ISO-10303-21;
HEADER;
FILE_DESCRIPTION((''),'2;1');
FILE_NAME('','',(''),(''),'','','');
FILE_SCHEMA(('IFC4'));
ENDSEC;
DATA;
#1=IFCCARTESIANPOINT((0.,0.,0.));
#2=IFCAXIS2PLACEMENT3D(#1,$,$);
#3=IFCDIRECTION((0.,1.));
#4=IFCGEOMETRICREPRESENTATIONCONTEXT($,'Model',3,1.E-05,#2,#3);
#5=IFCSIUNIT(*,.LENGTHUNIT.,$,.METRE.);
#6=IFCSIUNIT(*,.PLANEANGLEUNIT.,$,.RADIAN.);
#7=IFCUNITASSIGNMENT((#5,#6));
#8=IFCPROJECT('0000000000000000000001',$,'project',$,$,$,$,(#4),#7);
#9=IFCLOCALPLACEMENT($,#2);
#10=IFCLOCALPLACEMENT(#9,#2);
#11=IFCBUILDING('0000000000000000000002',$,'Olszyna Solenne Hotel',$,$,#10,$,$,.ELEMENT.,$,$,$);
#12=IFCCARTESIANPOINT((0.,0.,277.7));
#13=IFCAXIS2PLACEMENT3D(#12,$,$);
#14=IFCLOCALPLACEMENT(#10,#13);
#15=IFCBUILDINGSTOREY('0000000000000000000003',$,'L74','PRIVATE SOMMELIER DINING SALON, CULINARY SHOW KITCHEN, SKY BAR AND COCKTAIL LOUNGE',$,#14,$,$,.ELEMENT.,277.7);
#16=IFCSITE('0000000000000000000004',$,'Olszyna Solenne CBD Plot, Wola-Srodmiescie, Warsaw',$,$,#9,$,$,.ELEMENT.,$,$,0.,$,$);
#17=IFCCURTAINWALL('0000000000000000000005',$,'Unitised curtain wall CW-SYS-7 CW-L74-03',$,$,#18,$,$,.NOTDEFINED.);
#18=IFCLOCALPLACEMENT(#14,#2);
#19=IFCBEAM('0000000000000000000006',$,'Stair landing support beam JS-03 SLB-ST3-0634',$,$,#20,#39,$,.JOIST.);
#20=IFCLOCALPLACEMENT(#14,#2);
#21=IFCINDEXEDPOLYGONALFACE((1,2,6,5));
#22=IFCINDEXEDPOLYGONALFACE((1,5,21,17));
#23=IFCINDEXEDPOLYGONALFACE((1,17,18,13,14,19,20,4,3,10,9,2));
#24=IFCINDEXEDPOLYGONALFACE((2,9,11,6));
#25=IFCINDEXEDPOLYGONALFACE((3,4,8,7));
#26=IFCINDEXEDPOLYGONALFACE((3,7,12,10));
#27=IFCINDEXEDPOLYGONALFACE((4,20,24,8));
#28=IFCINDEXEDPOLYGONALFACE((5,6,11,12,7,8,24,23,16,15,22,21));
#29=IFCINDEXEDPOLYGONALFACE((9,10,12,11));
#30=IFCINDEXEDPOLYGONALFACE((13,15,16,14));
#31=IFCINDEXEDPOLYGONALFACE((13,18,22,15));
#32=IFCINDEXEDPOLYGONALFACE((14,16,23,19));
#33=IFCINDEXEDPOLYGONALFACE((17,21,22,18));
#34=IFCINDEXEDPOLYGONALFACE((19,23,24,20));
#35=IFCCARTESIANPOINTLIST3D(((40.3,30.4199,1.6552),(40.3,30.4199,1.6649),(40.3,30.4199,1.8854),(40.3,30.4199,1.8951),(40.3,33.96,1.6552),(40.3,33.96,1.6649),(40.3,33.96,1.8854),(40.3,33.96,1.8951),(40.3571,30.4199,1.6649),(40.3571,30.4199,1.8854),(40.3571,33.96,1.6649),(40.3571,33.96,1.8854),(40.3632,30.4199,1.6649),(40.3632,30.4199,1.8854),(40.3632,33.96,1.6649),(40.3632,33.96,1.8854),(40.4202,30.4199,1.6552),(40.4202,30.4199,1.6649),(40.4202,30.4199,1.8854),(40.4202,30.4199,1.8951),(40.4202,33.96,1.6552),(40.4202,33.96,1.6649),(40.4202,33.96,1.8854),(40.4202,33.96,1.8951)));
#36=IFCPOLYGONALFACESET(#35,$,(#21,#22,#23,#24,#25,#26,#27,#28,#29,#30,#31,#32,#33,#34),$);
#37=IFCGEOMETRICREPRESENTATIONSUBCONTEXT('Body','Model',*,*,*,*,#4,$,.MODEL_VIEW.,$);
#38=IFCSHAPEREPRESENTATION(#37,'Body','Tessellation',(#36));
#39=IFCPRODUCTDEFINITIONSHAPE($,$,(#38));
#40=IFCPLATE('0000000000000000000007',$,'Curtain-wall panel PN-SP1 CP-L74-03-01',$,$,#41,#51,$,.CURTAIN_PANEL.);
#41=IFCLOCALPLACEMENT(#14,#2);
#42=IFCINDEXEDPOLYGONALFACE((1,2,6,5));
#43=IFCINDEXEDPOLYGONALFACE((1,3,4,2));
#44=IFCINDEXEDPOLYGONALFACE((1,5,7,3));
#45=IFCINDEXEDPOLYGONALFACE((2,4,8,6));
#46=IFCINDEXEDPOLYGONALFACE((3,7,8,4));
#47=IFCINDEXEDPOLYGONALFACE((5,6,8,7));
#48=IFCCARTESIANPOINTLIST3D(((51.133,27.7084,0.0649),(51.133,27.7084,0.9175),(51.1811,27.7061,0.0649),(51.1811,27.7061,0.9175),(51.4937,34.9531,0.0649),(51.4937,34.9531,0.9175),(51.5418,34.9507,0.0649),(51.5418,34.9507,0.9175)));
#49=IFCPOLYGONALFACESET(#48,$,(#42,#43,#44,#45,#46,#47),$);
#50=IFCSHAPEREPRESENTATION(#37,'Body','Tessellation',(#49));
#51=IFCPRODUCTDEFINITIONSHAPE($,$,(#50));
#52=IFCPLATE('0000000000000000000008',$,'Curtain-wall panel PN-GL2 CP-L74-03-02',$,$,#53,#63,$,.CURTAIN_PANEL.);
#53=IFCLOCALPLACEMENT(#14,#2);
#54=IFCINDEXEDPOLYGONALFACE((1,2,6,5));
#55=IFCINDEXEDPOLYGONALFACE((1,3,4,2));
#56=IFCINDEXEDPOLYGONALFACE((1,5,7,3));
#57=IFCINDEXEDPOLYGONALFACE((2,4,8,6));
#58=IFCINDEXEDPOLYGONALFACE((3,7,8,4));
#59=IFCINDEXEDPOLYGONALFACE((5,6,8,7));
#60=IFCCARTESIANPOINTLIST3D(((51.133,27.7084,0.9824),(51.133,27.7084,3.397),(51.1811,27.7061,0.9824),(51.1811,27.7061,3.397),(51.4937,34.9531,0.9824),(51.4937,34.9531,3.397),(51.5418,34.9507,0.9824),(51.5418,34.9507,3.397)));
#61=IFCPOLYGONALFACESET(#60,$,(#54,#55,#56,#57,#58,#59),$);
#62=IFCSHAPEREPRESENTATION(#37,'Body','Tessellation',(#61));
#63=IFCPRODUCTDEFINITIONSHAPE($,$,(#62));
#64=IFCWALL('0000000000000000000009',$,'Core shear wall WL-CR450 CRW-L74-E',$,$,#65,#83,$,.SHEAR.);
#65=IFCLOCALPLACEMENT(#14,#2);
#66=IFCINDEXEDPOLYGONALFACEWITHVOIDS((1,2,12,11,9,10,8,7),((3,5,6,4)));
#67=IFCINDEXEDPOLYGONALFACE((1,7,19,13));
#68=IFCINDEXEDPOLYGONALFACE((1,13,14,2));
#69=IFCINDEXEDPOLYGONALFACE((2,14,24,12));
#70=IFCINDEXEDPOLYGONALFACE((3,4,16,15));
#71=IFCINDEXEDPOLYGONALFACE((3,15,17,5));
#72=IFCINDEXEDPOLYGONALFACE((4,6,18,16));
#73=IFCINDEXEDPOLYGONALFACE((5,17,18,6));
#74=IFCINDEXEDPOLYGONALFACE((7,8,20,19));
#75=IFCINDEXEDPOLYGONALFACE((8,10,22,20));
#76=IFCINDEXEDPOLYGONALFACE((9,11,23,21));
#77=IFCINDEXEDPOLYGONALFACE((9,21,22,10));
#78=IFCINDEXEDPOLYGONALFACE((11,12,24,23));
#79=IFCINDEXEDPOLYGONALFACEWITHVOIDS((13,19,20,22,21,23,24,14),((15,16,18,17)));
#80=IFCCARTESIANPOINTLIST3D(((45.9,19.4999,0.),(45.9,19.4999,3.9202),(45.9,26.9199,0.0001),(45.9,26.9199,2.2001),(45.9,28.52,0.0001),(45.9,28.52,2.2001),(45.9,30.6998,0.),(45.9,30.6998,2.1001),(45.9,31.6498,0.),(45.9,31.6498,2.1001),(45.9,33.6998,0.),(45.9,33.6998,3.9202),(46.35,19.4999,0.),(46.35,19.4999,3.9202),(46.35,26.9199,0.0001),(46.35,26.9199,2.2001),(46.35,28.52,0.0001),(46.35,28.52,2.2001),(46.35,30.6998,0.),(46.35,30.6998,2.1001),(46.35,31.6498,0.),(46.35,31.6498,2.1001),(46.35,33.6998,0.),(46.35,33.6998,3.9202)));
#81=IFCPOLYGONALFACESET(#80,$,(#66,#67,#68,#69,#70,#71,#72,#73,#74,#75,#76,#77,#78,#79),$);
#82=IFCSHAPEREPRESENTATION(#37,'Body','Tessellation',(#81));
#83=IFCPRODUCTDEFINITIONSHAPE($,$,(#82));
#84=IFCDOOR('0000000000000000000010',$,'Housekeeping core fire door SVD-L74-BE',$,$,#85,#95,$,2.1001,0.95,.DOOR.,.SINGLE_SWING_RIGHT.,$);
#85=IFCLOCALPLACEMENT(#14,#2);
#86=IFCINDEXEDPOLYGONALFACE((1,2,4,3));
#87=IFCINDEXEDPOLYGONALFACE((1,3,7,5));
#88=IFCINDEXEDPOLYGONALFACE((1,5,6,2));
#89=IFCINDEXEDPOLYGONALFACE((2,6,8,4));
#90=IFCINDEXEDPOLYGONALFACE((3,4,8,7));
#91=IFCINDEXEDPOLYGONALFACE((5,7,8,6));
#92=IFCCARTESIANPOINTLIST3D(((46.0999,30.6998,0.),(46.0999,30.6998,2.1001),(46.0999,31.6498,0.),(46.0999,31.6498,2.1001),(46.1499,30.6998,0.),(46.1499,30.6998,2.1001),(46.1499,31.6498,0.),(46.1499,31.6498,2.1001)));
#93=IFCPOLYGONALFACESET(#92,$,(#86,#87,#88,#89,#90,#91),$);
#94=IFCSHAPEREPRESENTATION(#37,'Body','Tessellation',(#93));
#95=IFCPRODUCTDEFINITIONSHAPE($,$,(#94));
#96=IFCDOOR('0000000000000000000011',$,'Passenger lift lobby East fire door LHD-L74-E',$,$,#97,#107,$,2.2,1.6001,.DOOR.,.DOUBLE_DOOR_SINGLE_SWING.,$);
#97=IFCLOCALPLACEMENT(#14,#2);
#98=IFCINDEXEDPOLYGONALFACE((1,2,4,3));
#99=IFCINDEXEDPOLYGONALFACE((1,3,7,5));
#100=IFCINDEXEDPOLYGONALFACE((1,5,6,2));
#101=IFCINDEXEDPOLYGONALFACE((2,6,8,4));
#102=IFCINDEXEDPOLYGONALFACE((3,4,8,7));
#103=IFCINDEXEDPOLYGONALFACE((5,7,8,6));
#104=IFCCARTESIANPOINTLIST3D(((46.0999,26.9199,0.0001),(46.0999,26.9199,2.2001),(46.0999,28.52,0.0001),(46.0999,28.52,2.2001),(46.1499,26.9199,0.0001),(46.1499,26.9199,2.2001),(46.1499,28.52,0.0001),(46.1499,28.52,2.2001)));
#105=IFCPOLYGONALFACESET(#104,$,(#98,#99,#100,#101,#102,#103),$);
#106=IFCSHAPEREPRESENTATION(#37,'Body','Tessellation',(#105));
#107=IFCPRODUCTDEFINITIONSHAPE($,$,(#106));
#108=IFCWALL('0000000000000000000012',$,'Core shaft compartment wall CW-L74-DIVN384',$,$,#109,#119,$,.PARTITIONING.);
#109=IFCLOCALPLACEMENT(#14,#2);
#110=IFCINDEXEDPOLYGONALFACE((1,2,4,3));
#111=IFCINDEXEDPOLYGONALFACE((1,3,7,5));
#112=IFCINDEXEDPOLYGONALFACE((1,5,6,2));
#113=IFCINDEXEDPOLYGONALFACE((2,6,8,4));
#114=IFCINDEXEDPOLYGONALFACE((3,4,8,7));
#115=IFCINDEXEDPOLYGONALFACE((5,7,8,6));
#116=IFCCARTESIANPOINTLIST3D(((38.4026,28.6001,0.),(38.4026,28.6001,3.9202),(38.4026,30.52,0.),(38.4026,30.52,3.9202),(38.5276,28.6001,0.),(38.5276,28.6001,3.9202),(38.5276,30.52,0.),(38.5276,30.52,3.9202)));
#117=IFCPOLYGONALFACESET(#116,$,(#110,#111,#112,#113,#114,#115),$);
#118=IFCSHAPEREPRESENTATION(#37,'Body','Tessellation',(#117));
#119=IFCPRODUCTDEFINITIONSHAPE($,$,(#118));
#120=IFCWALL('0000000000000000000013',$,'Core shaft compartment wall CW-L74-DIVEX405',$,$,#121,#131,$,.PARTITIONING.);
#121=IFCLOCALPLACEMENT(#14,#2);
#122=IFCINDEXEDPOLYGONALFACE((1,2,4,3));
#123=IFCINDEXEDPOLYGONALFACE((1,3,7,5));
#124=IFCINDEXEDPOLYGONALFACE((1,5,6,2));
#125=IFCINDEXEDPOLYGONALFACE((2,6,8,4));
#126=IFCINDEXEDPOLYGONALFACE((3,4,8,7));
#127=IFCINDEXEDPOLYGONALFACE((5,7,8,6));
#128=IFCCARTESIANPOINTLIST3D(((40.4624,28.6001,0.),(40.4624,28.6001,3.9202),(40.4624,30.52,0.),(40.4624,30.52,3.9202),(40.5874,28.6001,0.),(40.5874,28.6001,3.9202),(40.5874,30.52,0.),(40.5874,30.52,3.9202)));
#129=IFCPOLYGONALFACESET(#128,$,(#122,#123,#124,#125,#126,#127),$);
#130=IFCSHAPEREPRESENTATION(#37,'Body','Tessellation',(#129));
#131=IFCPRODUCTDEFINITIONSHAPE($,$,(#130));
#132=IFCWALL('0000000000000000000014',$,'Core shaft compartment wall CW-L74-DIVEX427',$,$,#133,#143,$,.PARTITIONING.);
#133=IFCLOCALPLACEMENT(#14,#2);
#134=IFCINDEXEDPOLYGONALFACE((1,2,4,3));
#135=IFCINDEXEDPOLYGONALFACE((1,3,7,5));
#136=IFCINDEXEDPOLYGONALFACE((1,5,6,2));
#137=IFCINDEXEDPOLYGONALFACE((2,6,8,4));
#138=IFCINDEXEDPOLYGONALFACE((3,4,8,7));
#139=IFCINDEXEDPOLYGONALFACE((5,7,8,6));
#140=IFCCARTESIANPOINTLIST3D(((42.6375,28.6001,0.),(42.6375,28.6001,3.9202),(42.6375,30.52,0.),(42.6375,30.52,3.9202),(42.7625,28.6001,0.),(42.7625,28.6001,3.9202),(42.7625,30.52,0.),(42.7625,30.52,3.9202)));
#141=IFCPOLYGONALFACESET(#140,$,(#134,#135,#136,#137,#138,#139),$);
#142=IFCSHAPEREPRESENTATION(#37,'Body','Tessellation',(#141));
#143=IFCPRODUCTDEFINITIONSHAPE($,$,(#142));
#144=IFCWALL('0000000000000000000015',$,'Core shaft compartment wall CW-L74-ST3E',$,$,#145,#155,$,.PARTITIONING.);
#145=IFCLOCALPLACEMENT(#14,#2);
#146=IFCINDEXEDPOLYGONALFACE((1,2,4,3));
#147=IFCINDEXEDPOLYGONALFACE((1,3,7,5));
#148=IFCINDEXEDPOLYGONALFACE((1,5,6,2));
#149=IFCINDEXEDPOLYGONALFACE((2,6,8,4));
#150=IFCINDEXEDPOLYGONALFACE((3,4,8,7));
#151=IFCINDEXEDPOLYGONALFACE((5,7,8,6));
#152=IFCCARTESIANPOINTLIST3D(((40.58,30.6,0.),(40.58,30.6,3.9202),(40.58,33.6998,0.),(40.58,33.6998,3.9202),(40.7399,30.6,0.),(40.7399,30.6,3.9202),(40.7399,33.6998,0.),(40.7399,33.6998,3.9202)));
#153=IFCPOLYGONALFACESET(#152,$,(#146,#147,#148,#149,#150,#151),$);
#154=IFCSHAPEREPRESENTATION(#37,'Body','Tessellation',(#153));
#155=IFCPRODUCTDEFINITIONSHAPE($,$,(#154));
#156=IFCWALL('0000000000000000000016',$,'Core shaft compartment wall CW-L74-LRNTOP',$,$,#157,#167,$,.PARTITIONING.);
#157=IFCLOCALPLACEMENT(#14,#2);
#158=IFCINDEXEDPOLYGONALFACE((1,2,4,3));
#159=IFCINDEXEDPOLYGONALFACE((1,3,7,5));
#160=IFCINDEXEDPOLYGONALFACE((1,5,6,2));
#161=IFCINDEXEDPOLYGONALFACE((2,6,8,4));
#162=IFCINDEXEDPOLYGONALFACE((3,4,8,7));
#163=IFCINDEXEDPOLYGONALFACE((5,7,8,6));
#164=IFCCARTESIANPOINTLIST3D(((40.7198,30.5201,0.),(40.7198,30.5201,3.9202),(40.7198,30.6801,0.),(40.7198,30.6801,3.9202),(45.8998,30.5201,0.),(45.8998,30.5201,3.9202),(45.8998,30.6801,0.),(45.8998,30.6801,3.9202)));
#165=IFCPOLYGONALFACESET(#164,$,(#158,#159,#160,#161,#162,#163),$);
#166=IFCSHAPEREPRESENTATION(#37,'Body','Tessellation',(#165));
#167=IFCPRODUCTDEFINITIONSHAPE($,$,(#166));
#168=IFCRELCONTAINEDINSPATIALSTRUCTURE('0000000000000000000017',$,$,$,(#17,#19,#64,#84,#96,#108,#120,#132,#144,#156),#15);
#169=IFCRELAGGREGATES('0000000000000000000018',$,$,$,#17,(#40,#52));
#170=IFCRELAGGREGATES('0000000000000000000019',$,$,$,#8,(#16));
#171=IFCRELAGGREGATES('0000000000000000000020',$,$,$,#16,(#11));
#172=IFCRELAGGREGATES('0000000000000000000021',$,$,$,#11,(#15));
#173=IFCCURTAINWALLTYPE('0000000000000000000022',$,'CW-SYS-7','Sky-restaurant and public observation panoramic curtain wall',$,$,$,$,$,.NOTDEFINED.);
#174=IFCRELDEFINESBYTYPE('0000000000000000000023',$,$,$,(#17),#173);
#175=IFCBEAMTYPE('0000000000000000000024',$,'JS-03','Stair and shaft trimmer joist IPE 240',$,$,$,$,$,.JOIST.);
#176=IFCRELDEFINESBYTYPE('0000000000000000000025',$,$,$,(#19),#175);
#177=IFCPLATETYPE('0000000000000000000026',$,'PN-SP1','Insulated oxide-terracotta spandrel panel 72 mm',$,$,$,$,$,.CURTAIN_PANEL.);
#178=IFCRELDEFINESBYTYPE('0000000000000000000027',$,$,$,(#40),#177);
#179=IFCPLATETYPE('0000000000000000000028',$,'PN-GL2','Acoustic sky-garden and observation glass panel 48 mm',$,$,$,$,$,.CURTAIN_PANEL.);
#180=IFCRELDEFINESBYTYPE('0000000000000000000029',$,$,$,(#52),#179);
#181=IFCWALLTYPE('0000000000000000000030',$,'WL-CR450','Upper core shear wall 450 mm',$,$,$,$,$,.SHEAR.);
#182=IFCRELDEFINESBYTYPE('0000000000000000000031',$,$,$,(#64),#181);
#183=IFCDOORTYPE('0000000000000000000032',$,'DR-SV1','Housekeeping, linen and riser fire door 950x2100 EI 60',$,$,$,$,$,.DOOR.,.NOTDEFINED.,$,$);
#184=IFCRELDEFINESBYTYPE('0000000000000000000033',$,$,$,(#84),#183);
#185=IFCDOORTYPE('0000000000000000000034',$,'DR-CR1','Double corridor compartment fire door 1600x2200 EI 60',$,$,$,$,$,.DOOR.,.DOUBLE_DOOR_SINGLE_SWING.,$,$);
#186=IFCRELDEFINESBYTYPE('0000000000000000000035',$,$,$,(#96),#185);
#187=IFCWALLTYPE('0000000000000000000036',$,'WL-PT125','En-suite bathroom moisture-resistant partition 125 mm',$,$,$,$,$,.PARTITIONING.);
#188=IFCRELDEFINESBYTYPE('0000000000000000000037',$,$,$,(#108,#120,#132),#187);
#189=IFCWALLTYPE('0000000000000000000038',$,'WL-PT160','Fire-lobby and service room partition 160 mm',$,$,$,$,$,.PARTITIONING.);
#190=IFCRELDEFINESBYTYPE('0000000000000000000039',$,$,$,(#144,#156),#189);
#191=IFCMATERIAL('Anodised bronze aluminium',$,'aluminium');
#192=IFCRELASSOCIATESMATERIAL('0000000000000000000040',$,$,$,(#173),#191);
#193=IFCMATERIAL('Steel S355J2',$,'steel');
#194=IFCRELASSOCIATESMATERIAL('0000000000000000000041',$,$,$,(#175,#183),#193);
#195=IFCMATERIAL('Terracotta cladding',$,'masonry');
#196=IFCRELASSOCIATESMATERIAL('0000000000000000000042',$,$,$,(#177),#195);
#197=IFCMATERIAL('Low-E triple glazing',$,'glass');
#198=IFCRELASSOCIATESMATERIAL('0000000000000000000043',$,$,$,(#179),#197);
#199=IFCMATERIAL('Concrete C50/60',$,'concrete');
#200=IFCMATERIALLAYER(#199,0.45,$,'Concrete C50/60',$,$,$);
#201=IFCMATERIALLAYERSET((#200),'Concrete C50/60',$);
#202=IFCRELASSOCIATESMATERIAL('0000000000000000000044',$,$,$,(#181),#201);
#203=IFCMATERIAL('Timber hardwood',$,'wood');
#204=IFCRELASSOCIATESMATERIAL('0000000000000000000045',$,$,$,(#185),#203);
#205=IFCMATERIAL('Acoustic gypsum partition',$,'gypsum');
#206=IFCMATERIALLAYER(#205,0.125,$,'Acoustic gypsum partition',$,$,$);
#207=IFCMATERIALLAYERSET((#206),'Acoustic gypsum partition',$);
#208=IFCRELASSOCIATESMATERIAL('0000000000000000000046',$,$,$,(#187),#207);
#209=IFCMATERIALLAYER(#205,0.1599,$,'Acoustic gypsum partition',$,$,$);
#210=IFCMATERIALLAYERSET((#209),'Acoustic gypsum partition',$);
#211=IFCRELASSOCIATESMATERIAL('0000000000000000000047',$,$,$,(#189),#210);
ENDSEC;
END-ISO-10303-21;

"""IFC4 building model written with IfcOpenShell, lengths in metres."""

from ifc_helpers import new_model, si_unit, direction, frame, frame_2d, origin, origin_2d, place, context, subcontext, project, spatial, rectangle, i_section, extrude, source, transform, mapped, material, layer, layer_set, material_profile, profile_set, type_object, type_shapes, element, fill, aggregate, save


model = new_model("IFC4")

# Units and contexts
model_context = context("Model", 3, precision=1e-05, world=origin(), true_north=direction((0.0, 1.0)))
body_context = subcontext(model_context, "Body", "Model", "MODEL_VIEW")
ifc_project = project(units=[si_unit("LENGTHUNIT", "METRE"), si_unit("PLANEANGLEUNIT", "RADIAN")], contexts=[model_context])

# Site, building, storey
site_placement = place(None, origin())
site = spatial("IfcSite", under=ifc_project, at=site_placement, Name="Olszyna Solenne CBD Plot, Wola-Srodmiescie, Warsaw", CompositionType="ELEMENT", RefElevation=0.0)
building_placement = place(site_placement, origin())
building = spatial("IfcBuilding", under=site, at=building_placement, Name="Olszyna Solenne Hotel", CompositionType="ELEMENT")
storey_placement = place(building_placement, frame((0.0, 0.0, 277.7)))
storey = spatial("IfcBuildingStorey", under=building, at=storey_placement, Name="L74", Description="PRIVATE SOMMELIER DINING SALON, CULINARY SHOW KITCHEN, SKY BAR AND COCKTAIL LOUNGE", CompositionType="ELEMENT", Elevation=277.7)

# Shared definitions
ifc_material_1 = material(Name="Steel S355J2", Category="steel")

# Curtain wall
ifc_material_2 = material(Name="Anodised bronze aluminium", Category="aluminium")
curtain_wall_type = type_object("IfcCurtainWallType", Name="CW-SYS-7", Description="Sky-restaurant and public observation panoramic curtain wall", PredefinedType="NOTDEFINED", material=ifc_material_2)
curtain_wall_placement = place(storey_placement, origin())
curtain_wall = element("IfcCurtainWall", 1, at=curtain_wall_placement, inside=storey, type_object=curtain_wall_type, Name="Unitised curtain wall CW-SYS-7 CW-L74-03", PredefinedType="NOTDEFINED")

# Beam
ifc_material_profile_1 = material_profile(ifc_material_1, i_section(OverallWidth=0.1201, OverallDepth=0.24, WebThickness=0.0061, FlangeThickness=0.0098, at=origin_2d()), Name="IPE 240", Category="load-bearing")
ifc_profile_set_1 = profile_set([ifc_material_profile_1], Name="Steel S355J2")
beam_type_1 = type_object("IfcBeamType", Name="JS-03", Description="Stair and shaft trimmer joist IPE 240", PredefinedType="JOIST", material=ifc_profile_set_1)
shared_shape_1 = source(origin(), body_context, "Body", "SweptSolid", [
    extrude(i_section(OverallWidth=0.1201, OverallDepth=0.24, WebThickness=0.0061, FlangeThickness=0.0098, at=origin_2d()), origin(), (0.0, 0.0, 1.0), 3.54),
])
for number, where, z_axis, x_axis, name in (
    (2, (40.3601, 30.4199, 1.7751), (0.0, 1.0, 0.0), (-1.0, 0.0, 0.0), "Stair landing support beam JS-03 SLB-ST3-0634"),
):
    element("IfcBeam", number, at=place(storey_placement, frame(where, z_axis=z_axis, x_axis=x_axis)), inside=storey, type_object=beam_type_1, Name=name, PredefinedType="JOIST", context=body_context, shape_type="MappedRepresentation", body=[
        mapped(shared_shape_1, transform((0.0, 0.0, 0.0), x_axis=(1.0, 0.0, 0.0), y_axis=(0.0, 1.0, 0.0), z_axis=(0.0, 0.0, 1.0), scale=1.0)),
    ])

# Plates
ifc_material_3 = material(Name="Terracotta cladding", Category="masonry")
plate_type_1 = type_object("IfcPlateType", Name="PN-SP1", Description="Insulated oxide-terracotta spandrel panel 72 mm", PredefinedType="CURTAIN_PANEL", material=ifc_material_3)
shared_shape_2 = source(origin(), body_context, "Body", "SweptSolid", [
    extrude(rectangle(XDim=7.2537, YDim=0.0481, at=origin_2d()), origin(), (0.0, 0.0, 1.0), 0.8525),
])
plate_1_placement = place(storey_placement, frame((51.3374, 31.3296, 0.0649), z_axis=(0.0, 0.0, 1.0), x_axis=(0.049729, 0.998763, 0.0)))
plate_1 = element("IfcPlate", 3, at=plate_1_placement, type_object=plate_type_1, Name="Curtain-wall panel PN-SP1 CP-L74-03-01", PredefinedType="CURTAIN_PANEL", context=body_context, shape_type="MappedRepresentation", body=[
    mapped(shared_shape_2, transform((0.0, 0.0, 0.0), x_axis=(1.0, 0.0, 0.0), y_axis=(0.0, 1.0, 0.0), z_axis=(0.0, 0.0, 1.0), scale=1.0)),
])
ifc_material_4 = material(Name="Low-E triple glazing", Category="glass")
plate_type_2 = type_object("IfcPlateType", Name="PN-GL2", Description="Acoustic sky-garden and observation glass panel 48 mm", PredefinedType="CURTAIN_PANEL", material=ifc_material_4)
shared_shape_3 = source(origin(), body_context, "Body", "SweptSolid", [
    extrude(rectangle(XDim=7.2537, YDim=0.0481, at=origin_2d()), origin(), (0.0, 0.0, 1.0), 2.4146),
])
plate_2_placement = place(storey_placement, frame((51.3374, 31.3296, 0.9824), z_axis=(0.0, 0.0, 1.0), x_axis=(0.049729, 0.998763, 0.0)))
plate_2 = element("IfcPlate", 4, at=plate_2_placement, type_object=plate_type_2, Name="Curtain-wall panel PN-GL2 CP-L74-03-02", PredefinedType="CURTAIN_PANEL", context=body_context, shape_type="MappedRepresentation", body=[
    mapped(shared_shape_3, transform((0.0, 0.0, 0.0), x_axis=(1.0, 0.0, 0.0), y_axis=(0.0, 1.0, 0.0), z_axis=(0.0, 0.0, 1.0), scale=1.0)),
])
aggregate(curtain_wall, [plate_1, plate_2])

# Wall, openings, doors
ifc_material_5 = material(Name="Concrete C50/60", Category="concrete")
ifc_layer_1 = layer(ifc_material_5, 0.45, Name="Concrete C50/60")
ifc_layer_set_1 = layer_set([ifc_layer_1], Name="Concrete C50/60")
wall_type_1 = type_object("IfcWallType", Name="WL-CR450", Description="Upper core shear wall 450 mm", PredefinedType="SHEAR", material=ifc_layer_set_1)
wall_1_placement = place(storey_placement, frame((46.125, 33.7, 0.0), z_axis=(0.0, 0.0, 1.0), x_axis=(0.0, -1.0, 0.0)))
wall_1 = element("IfcWall", 5, at=wall_1_placement, inside=storey, type_object=wall_type_1, Name="Core shear wall WL-CR450 CRW-L74-E", PredefinedType="SHEAR", context=body_context, shape_type="SweptSolid", body=[
    extrude(rectangle(XDim=14.2, YDim=0.45, at=frame_2d((7.1001, 0.0))), origin(), (0.0, 0.0, 1.0), 3.9202),
])
opening_1_placement = place(wall_1_placement, frame((5.1799, 0.0, 0.0)))
opening_1 = element("IfcOpeningElement", 6, at=opening_1_placement, cuts=wall_1, PredefinedType="OPENING", context=body_context, shape_type="SweptSolid", body=[
    extrude(rectangle(XDim=1.6001, YDim=2.2, at=frame_2d((0.8, 1.1001))), frame((0.0, 0.2349, 0.0), z_axis=(0.0, -1.0, 0.0), x_axis=(1.0, 0.0, 0.0)), (0.0, 0.0, 1.0), 0.47),
])
opening_2_placement = place(wall_1_placement, frame((2.05, 0.0, 0.0)))
opening_2 = element("IfcOpeningElement", 7, at=opening_2_placement, cuts=wall_1, PredefinedType="OPENING", context=body_context, shape_type="SweptSolid", body=[
    extrude(rectangle(XDim=0.95, YDim=2.1001, at=frame_2d((0.4751, 1.05))), frame((0.0, 0.2349, 0.0), z_axis=(0.0, -1.0, 0.0), x_axis=(1.0, 0.0, 0.0)), (0.0, 0.0, 1.0), 0.47),
])
door_type_1 = type_object("IfcDoorType", Name="DR-SV1", Description="Housekeeping, linen and riser fire door 950x2100 EI 60", OperationType="NOTDEFINED", PredefinedType="DOOR", material=ifc_material_1)
shared_shape_4 = source(origin(), body_context, "Body", "SweptSolid", [
    extrude(rectangle(XDim=0.95, YDim=2.1001, at=frame_2d((0.4751, 1.05))), frame((0.0, 0.0249, 0.0), z_axis=(0.0, -1.0, 0.0), x_axis=(1.0, 0.0, 0.0)), (0.0, 0.0, 1.0), 0.05),
])
type_shapes(door_type_1, [shared_shape_4])
door_1_placement = place(opening_2_placement, origin())
door_1 = element("IfcDoor", 8, at=door_1_placement, inside=storey, type_object=door_type_1, Name="Housekeeping core fire door SVD-L74-BE", OperationType="SINGLE_SWING_RIGHT", OverallHeight=2.1001, OverallWidth=0.95, PredefinedType="DOOR", context=body_context, shape_type="MappedRepresentation", body=[
    mapped(shared_shape_4, transform((0.0, 0.0, 0.0), x_axis=(1.0, 0.0, 0.0), y_axis=(0.0, 1.0, 0.0), z_axis=(0.0, 0.0, 1.0), scale=1.0)),
])
fill(opening_2, door_1)
ifc_material_6 = material(Name="Timber hardwood", Category="wood")
door_type_2 = type_object("IfcDoorType", Name="DR-CR1", Description="Double corridor compartment fire door 1600x2200 EI 60", OperationType="DOUBLE_DOOR_SINGLE_SWING", PredefinedType="DOOR", material=ifc_material_6)
shared_shape_5 = source(origin(), body_context, "Body", "SweptSolid", [
    extrude(rectangle(XDim=1.6001, YDim=2.2, at=frame_2d((0.8, 1.1001))), frame((0.0, 0.0249, 0.0), z_axis=(0.0, -1.0, 0.0), x_axis=(1.0, 0.0, 0.0)), (0.0, 0.0, 1.0), 0.05),
])
type_shapes(door_type_2, [shared_shape_5])
door_2_placement = place(opening_1_placement, origin())
door_2 = element("IfcDoor", 9, at=door_2_placement, inside=storey, type_object=door_type_2, Name="Passenger lift lobby East fire door LHD-L74-E", OperationType="DOUBLE_DOOR_SINGLE_SWING", OverallHeight=2.2, OverallWidth=1.6001, PredefinedType="DOOR", context=body_context, shape_type="MappedRepresentation", body=[
    mapped(shared_shape_5, transform((0.0, 0.0, 0.0), x_axis=(1.0, 0.0, 0.0), y_axis=(0.0, 1.0, 0.0), z_axis=(0.0, 0.0, 1.0), scale=1.0)),
])
fill(opening_1, door_2)

# Walls
ifc_material_7 = material(Name="Acoustic gypsum partition", Category="gypsum")
ifc_layer_2 = layer(ifc_material_7, 0.125, Name="Acoustic gypsum partition")
ifc_layer_set_2 = layer_set([ifc_layer_2], Name="Acoustic gypsum partition")
wall_type_2 = type_object("IfcWallType", Name="WL-PT125", Description="En-suite bathroom moisture-resistant partition 125 mm", PredefinedType="PARTITIONING", material=ifc_layer_set_2)
for number, where, z_axis, x_axis, name in (
    (10, (38.4651, 28.6001, 0.0), (0.0, 0.0, 1.0), (0.0, 1.0, 0.0), "Core shaft compartment wall CW-L74-DIVN384"),
    (11, (40.5249, 28.6001, 0.0), (0.0, 0.0, 1.0), (0.0, 1.0, 0.0), "Core shaft compartment wall CW-L74-DIVEX405"),
    (12, (42.7, 28.6001, 0.0), (0.0, 0.0, 1.0), (0.0, 1.0, 0.0), "Core shaft compartment wall CW-L74-DIVEX427"),
):
    element("IfcWall", number, at=place(storey_placement, frame(where, z_axis=z_axis, x_axis=x_axis)), inside=storey, type_object=wall_type_2, Name=name, PredefinedType="PARTITIONING", context=body_context, shape_type="SweptSolid", body=[
        extrude(rectangle(XDim=1.9199, YDim=0.125, at=frame_2d((0.96, 0.0))), origin(), (0.0, 0.0, 1.0), 3.9202),
    ])
ifc_layer_3 = layer(ifc_material_7, 0.1599, Name="Acoustic gypsum partition")
ifc_layer_set_3 = layer_set([ifc_layer_3], Name="Acoustic gypsum partition")
wall_type_3 = type_object("IfcWallType", Name="WL-PT160", Description="Fire-lobby and service room partition 160 mm", PredefinedType="PARTITIONING", material=ifc_layer_set_3)
wall_2_placement = place(storey_placement, frame((40.6599, 30.6001, 0.0), z_axis=(0.0, 0.0, 1.0), x_axis=(0.0, 1.0, 0.0)))
element("IfcWall", 13, at=wall_2_placement, inside=storey, type_object=wall_type_3, Name="Core shaft compartment wall CW-L74-ST3E", PredefinedType="PARTITIONING", context=body_context, shape_type="SweptSolid", body=[
    extrude(rectangle(XDim=3.0999, YDim=0.1599, at=frame_2d((1.5498, 0.0))), origin(), (0.0, 0.0, 1.0), 3.9202),
])
wall_3_placement = place(storey_placement, frame((40.72, 30.6001, 0.0), z_axis=(0.0, 0.0, 1.0), x_axis=(1.0, 0.0, 0.0)))
element("IfcWall", 14, at=wall_3_placement, inside=storey, type_object=wall_type_3, Name="Core shaft compartment wall CW-L74-LRNTOP", PredefinedType="PARTITIONING", context=body_context, shape_type="SweptSolid", body=[
    extrude(rectangle(XDim=5.1799, YDim=0.1599, at=frame_2d((2.5898, 0.0))), origin(), (0.0, 0.0, 1.0), 3.9202),
])

save(model, "model.ifc")
